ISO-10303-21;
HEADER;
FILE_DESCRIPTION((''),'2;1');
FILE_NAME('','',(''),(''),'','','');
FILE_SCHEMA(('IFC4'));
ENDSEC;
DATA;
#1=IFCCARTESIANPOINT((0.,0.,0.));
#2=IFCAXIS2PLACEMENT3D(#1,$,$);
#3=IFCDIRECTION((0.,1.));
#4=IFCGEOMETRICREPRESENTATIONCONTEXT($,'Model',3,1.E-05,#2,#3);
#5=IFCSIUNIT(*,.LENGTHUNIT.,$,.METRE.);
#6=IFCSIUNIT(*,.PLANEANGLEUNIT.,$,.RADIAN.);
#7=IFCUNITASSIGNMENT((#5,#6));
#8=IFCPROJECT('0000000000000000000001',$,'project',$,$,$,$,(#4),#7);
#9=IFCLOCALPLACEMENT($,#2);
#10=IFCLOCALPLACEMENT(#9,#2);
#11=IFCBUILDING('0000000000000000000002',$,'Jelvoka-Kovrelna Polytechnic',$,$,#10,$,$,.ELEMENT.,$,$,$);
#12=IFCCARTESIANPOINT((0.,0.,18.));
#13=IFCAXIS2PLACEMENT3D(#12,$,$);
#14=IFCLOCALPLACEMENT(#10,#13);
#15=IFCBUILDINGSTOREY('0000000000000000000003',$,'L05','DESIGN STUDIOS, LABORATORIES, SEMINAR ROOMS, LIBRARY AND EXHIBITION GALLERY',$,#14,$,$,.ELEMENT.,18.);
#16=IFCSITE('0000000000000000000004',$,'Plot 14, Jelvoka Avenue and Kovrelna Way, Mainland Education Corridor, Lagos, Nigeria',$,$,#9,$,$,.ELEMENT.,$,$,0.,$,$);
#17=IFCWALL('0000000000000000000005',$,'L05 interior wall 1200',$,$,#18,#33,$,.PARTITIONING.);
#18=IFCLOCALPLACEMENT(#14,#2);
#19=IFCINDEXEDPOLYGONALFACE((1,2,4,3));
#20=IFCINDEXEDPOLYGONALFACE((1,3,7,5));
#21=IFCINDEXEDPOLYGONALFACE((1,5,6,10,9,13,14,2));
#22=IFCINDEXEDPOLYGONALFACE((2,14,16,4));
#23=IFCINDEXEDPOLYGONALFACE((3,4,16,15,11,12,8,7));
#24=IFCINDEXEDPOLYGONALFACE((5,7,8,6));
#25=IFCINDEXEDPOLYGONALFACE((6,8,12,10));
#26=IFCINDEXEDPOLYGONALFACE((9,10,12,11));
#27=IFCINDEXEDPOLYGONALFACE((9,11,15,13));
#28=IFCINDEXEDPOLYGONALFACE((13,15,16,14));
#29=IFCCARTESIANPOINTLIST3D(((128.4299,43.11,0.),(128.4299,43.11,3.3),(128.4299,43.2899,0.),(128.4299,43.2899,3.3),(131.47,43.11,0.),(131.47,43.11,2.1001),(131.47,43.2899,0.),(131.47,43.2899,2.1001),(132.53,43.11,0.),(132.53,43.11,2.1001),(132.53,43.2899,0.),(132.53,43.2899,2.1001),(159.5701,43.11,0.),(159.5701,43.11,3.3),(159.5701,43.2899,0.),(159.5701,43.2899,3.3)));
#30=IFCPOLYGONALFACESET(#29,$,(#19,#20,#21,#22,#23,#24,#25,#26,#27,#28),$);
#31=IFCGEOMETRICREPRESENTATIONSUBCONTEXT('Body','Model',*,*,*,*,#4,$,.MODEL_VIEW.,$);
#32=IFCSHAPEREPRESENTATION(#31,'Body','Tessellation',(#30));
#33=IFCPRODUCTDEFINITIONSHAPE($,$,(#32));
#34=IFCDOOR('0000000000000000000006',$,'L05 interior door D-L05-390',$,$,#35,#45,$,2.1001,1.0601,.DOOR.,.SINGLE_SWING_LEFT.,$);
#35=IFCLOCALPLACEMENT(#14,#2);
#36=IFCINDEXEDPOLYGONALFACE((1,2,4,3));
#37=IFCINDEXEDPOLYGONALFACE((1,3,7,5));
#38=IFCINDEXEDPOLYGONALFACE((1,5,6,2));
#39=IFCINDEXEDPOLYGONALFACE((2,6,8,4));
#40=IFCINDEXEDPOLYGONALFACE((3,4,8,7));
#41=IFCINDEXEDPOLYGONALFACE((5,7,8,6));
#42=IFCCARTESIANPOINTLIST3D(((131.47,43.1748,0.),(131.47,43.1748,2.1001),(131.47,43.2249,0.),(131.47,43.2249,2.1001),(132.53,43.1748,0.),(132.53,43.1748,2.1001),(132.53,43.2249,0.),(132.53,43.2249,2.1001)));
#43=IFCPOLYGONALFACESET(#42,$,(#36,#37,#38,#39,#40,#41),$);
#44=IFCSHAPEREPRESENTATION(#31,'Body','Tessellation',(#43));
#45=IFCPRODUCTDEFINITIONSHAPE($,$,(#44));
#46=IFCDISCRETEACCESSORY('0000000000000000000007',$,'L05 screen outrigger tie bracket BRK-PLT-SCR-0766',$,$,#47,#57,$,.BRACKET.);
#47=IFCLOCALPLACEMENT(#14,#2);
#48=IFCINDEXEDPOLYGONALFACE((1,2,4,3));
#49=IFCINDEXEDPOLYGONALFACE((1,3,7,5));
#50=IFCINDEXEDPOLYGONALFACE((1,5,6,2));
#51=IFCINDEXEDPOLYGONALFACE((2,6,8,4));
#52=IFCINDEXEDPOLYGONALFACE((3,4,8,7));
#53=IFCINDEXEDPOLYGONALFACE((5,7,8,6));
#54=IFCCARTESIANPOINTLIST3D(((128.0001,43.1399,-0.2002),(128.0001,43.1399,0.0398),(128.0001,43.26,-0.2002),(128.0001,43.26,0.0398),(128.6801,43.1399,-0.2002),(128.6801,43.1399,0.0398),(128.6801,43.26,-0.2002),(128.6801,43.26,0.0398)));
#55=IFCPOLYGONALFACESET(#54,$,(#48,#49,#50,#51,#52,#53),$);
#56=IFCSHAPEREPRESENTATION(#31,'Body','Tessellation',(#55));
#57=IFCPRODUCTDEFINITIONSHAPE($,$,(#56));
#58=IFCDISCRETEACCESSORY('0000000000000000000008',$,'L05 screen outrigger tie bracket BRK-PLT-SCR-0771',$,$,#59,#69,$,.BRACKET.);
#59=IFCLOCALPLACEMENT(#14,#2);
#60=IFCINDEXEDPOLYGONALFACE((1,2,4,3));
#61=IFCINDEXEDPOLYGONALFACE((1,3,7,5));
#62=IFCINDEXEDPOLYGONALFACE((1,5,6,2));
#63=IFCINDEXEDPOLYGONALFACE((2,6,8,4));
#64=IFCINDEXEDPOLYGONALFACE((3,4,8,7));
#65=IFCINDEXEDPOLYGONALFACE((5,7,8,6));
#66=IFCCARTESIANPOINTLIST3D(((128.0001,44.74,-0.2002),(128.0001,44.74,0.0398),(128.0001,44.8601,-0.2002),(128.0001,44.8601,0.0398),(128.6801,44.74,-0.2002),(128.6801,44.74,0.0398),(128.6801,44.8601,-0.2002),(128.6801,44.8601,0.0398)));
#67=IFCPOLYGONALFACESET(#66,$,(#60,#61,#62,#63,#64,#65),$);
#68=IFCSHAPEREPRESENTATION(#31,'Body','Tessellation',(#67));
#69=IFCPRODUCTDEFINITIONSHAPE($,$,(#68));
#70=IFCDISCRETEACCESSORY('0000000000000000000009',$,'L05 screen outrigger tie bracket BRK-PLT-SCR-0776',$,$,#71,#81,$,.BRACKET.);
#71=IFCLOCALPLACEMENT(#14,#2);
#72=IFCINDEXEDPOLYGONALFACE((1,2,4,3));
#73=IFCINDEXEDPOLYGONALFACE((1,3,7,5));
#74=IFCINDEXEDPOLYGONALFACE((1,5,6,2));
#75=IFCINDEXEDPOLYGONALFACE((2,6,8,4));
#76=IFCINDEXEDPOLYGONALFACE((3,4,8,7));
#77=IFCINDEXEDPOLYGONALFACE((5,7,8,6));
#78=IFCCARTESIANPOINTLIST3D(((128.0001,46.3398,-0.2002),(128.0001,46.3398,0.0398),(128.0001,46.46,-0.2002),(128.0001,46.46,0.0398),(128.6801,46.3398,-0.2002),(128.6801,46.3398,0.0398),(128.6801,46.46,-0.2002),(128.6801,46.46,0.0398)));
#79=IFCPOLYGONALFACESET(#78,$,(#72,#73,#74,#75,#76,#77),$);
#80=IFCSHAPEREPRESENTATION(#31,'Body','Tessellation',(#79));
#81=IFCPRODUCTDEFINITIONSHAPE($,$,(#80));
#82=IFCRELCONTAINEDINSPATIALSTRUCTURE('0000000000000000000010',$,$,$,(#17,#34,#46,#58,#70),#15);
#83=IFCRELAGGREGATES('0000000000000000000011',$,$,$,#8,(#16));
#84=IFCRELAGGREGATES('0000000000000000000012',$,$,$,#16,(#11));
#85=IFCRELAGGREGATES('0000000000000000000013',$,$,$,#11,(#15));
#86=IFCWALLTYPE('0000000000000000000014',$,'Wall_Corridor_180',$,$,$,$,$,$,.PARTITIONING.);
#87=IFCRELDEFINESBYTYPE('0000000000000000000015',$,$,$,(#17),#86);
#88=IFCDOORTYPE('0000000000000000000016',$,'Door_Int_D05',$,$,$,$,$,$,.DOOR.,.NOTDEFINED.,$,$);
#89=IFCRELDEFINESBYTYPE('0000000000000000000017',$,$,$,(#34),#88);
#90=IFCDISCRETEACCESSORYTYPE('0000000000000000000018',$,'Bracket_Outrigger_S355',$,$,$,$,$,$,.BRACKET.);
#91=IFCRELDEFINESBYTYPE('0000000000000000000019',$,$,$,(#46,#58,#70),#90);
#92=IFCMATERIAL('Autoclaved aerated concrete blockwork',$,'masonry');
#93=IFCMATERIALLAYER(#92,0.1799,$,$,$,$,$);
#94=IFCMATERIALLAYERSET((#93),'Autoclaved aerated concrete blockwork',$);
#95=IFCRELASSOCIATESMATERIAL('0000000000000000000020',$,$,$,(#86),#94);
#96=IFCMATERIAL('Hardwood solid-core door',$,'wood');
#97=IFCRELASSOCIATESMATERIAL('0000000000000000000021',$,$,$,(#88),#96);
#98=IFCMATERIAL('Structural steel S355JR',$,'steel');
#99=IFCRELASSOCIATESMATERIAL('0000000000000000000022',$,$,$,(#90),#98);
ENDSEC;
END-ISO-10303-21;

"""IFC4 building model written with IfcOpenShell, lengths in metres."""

from ifc_helpers import new_model, si_unit, direction, frame, frame_2d, origin, origin_2d, place, context, subcontext, project, spatial, rectangle, extrude, material, layer, layer_set, type_object, element, fill, save


model = new_model("IFC4")

# Units and contexts
model_context = context("Model", 3, precision=1e-05, world=origin(), true_north=direction((0.0, 1.0)))
body_context = subcontext(model_context, "Body", "Model", "MODEL_VIEW")
ifc_project = project(units=[si_unit("LENGTHUNIT", "METRE"), si_unit("PLANEANGLEUNIT", "RADIAN")], contexts=[model_context])

# Site, building, storey
site_placement = place(None, origin())
site = spatial("IfcSite", under=ifc_project, at=site_placement, Name="Plot 14, Jelvoka Avenue and Kovrelna Way, Mainland Education Corridor, Lagos, Nigeria", CompositionType="ELEMENT", RefElevation=0.0)
building_placement = place(site_placement, origin())
building = spatial("IfcBuilding", under=site, at=building_placement, Name="Jelvoka-Kovrelna Polytechnic", CompositionType="ELEMENT")
storey_placement = place(building_placement, frame((0.0, 0.0, 18.0)))
storey = spatial("IfcBuildingStorey", under=building, at=storey_placement, Name="L05", Description="DESIGN STUDIOS, LABORATORIES, SEMINAR ROOMS, LIBRARY AND EXHIBITION GALLERY", CompositionType="ELEMENT", Elevation=18.0)

# Wall, opening, door
ifc_material_1 = material(Name="Autoclaved aerated concrete blockwork", Category="masonry")
ifc_layer_1 = layer(ifc_material_1, 0.1799)
ifc_layer_set_1 = layer_set([ifc_layer_1], Name="Autoclaved aerated concrete blockwork")
wall_type = type_object("IfcWallType", Name="Wall_Corridor_180", PredefinedType="PARTITIONING", material=ifc_layer_set_1)
wall_placement = place(storey_placement, frame((128.4299, 43.2, 0.0), z_axis=(0.0, 0.0, 1.0), x_axis=(1.0, 0.0, 0.0)))
wall = element("IfcWall", 1, at=wall_placement, inside=storey, type_object=wall_type, Name="L05 interior wall 1200", PredefinedType="PARTITIONING", context=body_context, shape_type="SweptSolid", body=[
    extrude(rectangle(XDim=31.1401, YDim=0.1799, at=frame_2d((15.5701, 0.0))), origin(), (0.0, 0.0, 1.0), 3.3),
])
opening_placement = place(wall_placement, frame((3.04, 0.0, 0.0)))
opening = element("IfcOpeningElement", 2, at=opening_placement, cuts=wall, PredefinedType="OPENING", context=body_context, shape_type="SweptSolid", body=[
    extrude(rectangle(XDim=1.0601, YDim=2.1001, at=frame_2d((0.53, 1.05))), frame((0.0, 0.0999, 0.0), z_axis=(0.0, -1.0, 0.0), x_axis=(1.0, 0.0, 0.0)), (0.0, 0.0, 1.0), 0.2),
])
ifc_material_2 = material(Name="Hardwood solid-core door", Category="wood")
door_type = type_object("IfcDoorType", Name="Door_Int_D05", OperationType="NOTDEFINED", PredefinedType="DOOR", material=ifc_material_2)
door_placement = place(opening_placement, origin())
door = element("IfcDoor", 3, at=door_placement, inside=storey, type_object=door_type, Name="L05 interior door D-L05-390", OperationType="SINGLE_SWING_LEFT", OverallHeight=2.1001, OverallWidth=1.0601, PredefinedType="DOOR", context=body_context, shape_type="SweptSolid", body=[
    extrude(rectangle(XDim=1.0601, YDim=2.1001, at=frame_2d((0.53, 1.05))), frame((0.0, 0.0249, 0.0), z_axis=(0.0, -1.0, 0.0), x_axis=(1.0, 0.0, 0.0)), (0.0, 0.0, 1.0), 0.05),
])
fill(opening, door)

# Discrete accessories
ifc_material_3 = material(Name="Structural steel S355JR", Category="steel")
discrete_accessory_type = type_object("IfcDiscreteAccessoryType", Name="Bracket_Outrigger_S355", PredefinedType="BRACKET", material=ifc_material_3)
for number, where, z_axis, x_axis, name in (
    (4, (128.3401, 43.2, -0.2002), (0.0, 0.0, 1.0), (1.0, 0.0, 0.0), "L05 screen outrigger tie bracket BRK-PLT-SCR-0766"),
    (5, (128.3401, 44.8, -0.2002), (0.0, 0.0, 1.0), (1.0, 0.0, 0.0), "L05 screen outrigger tie bracket BRK-PLT-SCR-0771"),
    (6, (128.3401, 46.3999, -0.2002), (0.0, 0.0, 1.0), (1.0, 0.0, 0.0), "L05 screen outrigger tie bracket BRK-PLT-SCR-0776"),
):
    element("IfcDiscreteAccessory", number, at=place(storey_placement, frame(where, z_axis=z_axis, x_axis=x_axis)), inside=storey, type_object=discrete_accessory_type, Name=name, PredefinedType="BRACKET", context=body_context, shape_type="SweptSolid", body=[
        extrude(rectangle(XDim=0.6799, YDim=0.1201, at=origin_2d()), origin(), (0.0, 0.0, 1.0), 0.24),
    ])

save(model, "model.ifc")
